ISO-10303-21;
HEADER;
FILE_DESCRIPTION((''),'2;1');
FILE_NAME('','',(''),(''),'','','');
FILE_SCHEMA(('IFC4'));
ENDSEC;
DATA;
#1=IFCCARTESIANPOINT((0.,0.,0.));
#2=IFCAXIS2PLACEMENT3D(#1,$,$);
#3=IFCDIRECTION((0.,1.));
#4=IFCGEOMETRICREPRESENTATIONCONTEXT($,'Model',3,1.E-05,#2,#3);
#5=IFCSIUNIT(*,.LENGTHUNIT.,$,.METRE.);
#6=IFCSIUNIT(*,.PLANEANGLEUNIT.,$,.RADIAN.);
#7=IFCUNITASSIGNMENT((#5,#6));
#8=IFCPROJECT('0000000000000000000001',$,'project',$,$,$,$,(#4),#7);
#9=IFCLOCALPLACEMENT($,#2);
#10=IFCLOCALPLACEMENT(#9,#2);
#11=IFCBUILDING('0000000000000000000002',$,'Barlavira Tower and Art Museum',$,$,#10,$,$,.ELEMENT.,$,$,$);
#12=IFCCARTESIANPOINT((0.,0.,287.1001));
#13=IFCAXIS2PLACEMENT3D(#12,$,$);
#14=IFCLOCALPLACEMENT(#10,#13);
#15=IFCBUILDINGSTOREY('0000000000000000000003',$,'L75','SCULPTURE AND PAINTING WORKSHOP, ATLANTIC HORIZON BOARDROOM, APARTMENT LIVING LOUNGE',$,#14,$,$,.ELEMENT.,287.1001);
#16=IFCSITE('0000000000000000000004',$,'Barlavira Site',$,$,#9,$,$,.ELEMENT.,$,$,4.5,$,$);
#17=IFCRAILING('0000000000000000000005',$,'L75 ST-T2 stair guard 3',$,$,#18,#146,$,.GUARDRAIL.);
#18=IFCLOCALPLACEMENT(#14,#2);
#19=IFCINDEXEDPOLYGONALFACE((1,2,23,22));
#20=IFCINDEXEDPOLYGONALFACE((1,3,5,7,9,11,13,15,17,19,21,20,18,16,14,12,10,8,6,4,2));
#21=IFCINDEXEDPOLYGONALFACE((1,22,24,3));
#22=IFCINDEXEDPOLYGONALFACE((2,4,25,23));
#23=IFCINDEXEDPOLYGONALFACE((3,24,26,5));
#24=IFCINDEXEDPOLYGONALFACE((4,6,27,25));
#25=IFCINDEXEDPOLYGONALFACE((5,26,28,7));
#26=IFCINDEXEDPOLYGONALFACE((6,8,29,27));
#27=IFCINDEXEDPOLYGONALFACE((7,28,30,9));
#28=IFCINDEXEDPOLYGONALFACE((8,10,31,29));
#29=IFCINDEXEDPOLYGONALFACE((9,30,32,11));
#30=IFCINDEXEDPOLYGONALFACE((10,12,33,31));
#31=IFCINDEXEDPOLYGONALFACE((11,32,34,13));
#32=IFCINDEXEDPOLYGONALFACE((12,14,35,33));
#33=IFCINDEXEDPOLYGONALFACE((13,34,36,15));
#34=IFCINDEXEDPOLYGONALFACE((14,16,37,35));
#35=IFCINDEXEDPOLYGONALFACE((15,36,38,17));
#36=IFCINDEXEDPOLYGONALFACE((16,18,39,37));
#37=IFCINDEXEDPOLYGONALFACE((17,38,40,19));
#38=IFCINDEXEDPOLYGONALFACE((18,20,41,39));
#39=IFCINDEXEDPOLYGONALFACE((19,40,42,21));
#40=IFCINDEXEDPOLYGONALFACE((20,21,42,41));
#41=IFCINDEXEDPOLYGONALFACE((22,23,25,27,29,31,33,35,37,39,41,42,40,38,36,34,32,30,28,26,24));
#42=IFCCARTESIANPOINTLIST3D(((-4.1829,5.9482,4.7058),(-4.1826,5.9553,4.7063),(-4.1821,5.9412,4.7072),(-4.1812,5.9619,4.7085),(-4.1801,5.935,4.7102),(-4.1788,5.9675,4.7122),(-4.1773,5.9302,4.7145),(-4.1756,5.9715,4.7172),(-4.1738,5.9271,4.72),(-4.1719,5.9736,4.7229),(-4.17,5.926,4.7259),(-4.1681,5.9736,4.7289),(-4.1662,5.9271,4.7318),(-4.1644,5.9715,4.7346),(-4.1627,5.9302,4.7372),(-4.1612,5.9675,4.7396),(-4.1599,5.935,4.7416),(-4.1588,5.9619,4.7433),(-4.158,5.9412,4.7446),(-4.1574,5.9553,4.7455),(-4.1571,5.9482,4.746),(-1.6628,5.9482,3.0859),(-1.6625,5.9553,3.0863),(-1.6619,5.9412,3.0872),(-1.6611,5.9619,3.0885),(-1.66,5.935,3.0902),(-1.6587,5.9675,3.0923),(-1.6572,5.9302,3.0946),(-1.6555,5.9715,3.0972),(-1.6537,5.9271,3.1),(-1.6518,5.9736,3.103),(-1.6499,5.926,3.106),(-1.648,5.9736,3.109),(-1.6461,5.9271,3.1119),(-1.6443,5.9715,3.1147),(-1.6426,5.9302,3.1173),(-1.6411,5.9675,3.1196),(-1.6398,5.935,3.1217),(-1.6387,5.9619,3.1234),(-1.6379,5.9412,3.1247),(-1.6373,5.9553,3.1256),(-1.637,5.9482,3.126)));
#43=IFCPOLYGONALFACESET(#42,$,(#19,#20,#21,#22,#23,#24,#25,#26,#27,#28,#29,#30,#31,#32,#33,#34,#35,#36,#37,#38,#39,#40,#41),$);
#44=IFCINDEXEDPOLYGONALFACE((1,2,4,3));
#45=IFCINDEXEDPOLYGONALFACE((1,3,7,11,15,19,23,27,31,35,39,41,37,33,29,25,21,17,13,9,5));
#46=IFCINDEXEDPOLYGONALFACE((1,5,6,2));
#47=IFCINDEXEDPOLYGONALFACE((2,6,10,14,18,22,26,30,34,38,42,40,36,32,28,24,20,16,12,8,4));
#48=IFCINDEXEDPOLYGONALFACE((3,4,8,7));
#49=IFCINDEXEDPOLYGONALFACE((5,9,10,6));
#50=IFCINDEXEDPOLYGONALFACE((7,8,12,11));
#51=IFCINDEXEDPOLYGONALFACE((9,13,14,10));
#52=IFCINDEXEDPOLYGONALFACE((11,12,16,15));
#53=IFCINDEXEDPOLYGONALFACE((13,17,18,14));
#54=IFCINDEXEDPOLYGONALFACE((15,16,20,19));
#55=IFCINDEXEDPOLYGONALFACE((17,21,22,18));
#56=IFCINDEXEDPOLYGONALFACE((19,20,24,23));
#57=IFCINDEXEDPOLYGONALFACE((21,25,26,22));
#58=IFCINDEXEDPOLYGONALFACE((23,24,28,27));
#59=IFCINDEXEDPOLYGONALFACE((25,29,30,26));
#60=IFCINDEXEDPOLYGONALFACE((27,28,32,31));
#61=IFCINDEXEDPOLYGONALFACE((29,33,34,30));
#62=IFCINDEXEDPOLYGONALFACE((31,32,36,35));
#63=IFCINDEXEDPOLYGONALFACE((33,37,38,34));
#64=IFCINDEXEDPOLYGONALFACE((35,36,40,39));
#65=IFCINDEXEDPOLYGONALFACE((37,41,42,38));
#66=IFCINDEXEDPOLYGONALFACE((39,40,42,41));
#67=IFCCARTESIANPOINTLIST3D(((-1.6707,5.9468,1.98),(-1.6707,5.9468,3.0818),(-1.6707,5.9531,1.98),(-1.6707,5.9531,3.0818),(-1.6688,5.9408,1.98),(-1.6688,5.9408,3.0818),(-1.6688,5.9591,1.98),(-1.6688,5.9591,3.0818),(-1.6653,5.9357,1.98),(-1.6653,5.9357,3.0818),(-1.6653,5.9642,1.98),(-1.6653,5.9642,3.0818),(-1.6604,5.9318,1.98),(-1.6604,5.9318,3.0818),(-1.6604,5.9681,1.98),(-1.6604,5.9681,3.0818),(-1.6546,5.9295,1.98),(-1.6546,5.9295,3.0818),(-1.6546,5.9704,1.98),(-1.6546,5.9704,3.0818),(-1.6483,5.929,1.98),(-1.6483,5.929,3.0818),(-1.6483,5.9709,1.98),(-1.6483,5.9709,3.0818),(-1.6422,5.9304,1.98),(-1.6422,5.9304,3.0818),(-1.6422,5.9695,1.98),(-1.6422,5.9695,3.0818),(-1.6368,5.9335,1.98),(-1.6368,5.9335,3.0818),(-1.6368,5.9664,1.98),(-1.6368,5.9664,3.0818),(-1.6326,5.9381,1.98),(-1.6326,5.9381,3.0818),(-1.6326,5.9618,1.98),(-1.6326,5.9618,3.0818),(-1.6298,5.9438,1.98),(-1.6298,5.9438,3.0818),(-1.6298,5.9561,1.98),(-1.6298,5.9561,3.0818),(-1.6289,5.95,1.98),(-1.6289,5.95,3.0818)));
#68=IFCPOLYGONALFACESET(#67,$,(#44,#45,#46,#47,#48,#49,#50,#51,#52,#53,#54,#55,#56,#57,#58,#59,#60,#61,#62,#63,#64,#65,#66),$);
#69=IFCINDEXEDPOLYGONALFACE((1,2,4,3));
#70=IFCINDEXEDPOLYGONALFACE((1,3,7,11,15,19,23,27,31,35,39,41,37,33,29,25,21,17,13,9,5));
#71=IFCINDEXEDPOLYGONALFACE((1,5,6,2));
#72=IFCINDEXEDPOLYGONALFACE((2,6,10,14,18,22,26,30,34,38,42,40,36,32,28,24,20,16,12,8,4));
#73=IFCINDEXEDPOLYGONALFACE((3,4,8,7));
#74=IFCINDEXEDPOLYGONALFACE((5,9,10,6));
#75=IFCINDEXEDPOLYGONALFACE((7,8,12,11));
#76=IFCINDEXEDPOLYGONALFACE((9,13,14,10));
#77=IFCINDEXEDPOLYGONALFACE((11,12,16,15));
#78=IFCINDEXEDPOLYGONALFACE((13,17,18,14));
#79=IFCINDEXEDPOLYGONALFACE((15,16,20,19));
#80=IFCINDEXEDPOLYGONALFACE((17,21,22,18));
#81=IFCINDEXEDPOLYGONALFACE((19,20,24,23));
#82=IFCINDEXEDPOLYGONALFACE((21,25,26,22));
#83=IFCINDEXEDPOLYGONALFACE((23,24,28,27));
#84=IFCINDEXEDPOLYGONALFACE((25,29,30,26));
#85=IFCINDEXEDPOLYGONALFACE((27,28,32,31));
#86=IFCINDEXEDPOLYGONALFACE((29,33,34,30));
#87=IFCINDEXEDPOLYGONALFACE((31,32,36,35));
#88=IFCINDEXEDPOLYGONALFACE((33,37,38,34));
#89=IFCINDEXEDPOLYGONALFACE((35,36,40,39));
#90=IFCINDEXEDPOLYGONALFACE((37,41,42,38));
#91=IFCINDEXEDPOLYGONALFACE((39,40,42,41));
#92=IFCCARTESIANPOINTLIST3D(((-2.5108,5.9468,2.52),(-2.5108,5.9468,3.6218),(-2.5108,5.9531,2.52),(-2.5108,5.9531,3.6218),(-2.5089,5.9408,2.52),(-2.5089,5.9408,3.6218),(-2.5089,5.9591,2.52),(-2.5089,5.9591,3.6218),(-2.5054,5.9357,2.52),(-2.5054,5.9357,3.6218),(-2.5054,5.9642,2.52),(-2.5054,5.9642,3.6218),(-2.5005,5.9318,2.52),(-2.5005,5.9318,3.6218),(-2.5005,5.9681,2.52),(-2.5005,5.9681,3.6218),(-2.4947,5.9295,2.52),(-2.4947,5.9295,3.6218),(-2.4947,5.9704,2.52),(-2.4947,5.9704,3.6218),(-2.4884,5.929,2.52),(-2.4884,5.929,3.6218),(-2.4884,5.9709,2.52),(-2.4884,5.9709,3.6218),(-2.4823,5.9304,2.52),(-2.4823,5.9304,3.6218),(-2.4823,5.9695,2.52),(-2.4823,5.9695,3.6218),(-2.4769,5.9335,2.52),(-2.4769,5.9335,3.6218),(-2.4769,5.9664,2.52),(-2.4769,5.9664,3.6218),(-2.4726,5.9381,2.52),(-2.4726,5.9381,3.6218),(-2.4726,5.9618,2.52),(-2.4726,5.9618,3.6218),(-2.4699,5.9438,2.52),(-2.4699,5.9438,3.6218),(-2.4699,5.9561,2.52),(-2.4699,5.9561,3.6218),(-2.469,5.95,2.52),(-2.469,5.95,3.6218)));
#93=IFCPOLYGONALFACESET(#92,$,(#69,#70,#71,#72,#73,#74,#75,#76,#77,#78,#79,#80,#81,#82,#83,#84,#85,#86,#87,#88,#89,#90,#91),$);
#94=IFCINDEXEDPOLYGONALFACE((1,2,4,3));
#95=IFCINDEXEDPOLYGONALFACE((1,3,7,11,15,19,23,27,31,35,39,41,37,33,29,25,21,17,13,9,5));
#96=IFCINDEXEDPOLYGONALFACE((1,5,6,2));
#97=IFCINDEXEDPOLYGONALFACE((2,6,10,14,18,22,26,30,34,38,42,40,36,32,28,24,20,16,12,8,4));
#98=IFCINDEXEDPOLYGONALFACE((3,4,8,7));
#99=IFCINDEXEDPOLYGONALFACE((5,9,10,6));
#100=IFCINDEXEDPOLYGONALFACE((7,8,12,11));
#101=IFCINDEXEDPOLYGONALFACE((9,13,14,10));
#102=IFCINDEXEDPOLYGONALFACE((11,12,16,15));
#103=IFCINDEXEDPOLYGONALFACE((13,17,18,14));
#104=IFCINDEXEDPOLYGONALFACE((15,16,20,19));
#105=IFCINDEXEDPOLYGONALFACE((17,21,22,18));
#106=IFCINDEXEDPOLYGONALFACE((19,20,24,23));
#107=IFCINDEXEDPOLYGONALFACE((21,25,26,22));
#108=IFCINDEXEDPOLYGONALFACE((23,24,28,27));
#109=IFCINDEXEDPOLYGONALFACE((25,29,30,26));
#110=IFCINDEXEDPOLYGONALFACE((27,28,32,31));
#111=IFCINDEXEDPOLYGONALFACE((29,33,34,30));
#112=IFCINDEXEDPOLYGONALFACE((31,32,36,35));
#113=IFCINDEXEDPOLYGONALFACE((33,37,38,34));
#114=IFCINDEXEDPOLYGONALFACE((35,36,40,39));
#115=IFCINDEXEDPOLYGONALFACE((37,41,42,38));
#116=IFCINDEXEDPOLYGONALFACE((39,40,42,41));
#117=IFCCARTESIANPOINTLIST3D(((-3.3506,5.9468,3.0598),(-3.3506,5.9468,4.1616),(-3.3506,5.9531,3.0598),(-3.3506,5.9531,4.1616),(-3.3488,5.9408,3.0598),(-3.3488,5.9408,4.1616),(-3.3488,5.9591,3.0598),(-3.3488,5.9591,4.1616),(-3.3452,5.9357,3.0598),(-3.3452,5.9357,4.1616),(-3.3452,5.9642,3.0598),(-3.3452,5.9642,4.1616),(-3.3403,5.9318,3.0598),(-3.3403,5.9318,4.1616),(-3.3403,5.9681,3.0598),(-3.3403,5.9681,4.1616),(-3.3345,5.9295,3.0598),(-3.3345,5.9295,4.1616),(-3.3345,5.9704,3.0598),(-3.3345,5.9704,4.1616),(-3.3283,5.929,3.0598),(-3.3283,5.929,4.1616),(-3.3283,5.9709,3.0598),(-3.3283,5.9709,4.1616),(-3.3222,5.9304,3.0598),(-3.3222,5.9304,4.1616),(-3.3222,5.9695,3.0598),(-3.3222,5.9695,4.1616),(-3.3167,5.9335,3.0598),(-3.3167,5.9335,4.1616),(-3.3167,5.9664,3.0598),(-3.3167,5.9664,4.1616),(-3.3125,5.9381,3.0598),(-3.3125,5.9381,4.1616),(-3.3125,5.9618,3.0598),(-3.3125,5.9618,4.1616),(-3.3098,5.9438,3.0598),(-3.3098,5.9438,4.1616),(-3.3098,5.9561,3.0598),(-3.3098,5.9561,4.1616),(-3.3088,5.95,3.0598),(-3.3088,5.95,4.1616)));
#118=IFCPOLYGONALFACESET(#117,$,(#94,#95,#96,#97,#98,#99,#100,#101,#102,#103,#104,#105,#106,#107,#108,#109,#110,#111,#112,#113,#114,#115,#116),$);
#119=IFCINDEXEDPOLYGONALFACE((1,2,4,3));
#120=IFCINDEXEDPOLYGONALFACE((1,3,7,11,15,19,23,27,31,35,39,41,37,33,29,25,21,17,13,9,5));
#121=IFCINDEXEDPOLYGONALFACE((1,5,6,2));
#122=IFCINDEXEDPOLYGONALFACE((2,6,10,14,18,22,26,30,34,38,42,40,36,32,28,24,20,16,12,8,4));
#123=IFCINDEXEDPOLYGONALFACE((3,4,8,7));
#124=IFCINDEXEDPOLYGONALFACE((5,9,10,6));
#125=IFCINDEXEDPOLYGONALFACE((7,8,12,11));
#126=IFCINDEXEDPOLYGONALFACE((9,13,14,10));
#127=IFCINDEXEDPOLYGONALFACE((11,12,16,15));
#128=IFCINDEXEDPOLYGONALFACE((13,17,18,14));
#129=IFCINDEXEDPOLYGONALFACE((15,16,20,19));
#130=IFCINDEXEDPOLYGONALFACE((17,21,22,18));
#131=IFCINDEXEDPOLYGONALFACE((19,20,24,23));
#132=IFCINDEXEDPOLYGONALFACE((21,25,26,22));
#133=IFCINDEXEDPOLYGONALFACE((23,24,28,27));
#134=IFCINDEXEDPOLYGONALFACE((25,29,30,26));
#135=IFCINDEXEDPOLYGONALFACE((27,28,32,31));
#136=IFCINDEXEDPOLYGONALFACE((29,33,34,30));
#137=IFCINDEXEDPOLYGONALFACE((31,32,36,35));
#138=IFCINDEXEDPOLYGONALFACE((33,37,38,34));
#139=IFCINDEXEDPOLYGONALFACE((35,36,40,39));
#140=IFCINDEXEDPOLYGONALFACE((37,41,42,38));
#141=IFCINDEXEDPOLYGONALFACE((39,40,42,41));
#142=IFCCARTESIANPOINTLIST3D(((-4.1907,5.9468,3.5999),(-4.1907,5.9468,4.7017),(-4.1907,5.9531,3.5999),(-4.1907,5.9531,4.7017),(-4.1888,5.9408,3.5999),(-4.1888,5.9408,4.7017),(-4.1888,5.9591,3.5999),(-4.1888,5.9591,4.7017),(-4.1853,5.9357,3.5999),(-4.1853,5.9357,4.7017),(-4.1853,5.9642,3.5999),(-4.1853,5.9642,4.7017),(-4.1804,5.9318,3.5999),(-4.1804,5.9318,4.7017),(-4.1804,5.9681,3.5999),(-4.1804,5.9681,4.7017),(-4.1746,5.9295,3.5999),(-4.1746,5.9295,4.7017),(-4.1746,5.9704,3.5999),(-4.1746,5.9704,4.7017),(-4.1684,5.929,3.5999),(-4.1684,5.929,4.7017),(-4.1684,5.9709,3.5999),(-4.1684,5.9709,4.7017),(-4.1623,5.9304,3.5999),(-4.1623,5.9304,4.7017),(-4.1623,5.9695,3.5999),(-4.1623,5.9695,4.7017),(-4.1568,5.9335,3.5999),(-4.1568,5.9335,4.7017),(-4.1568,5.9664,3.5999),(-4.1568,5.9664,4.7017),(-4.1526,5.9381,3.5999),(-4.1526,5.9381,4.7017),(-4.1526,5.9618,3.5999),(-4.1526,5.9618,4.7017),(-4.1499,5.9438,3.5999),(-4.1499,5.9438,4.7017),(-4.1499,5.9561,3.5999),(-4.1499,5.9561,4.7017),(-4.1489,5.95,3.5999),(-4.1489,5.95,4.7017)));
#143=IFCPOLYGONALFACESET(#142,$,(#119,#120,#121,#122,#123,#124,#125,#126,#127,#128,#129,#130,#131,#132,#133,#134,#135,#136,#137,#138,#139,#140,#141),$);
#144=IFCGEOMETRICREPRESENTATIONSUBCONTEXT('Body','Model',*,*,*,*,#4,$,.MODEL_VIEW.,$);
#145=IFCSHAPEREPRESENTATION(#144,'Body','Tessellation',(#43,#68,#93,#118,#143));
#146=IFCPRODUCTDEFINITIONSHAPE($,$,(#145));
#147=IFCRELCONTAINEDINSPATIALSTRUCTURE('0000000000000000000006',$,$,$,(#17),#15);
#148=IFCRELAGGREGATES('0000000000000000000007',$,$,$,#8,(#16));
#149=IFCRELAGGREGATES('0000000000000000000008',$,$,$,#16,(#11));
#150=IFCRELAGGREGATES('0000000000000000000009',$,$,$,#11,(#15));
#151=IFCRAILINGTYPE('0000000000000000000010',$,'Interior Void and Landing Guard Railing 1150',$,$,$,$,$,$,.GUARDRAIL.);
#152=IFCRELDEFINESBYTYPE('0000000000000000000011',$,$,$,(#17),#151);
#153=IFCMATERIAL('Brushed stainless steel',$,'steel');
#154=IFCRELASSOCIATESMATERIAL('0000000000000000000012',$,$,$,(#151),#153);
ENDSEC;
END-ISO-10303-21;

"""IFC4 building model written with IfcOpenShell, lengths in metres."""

from ifc_helpers import new_model, si_unit, direction, frame, origin, origin_2d, place, context, subcontext, project, spatial, circle, extrude, material, type_object, element, save


model = new_model("IFC4")

# Units and contexts
model_context = context("Model", 3, precision=1e-05, world=origin(), true_north=direction((0.0, 1.0)))
body_context = subcontext(model_context, "Body", "Model", "MODEL_VIEW")
ifc_project = project(units=[si_unit("LENGTHUNIT", "METRE"), si_unit("PLANEANGLEUNIT", "RADIAN")], contexts=[model_context])

# Site, building, storey
site_placement = place(None, origin())
site = spatial("IfcSite", under=ifc_project, at=site_placement, Name="Barlavira Site", CompositionType="ELEMENT", RefElevation=4.5)
building_placement = place(site_placement, origin())
building = spatial("IfcBuilding", under=site, at=building_placement, Name="Barlavira Tower and Art Museum", CompositionType="ELEMENT")
storey_placement = place(building_placement, frame((0.0, 0.0, 287.1001)))
storey = spatial("IfcBuildingStorey", under=building, at=storey_placement, Name="L75", Description="SCULPTURE AND PAINTING WORKSHOP, ATLANTIC HORIZON BOARDROOM, APARTMENT LIVING LOUNGE", CompositionType="ELEMENT", Elevation=287.1001)

# Shared definitions
ifc_material_1 = material(Name="Brushed stainless steel", Category="steel")

# Railing
railing_type_1 = type_object("IfcRailingType", Name="Interior Void and Landing Guard Railing 1150", PredefinedType="GUARDRAIL", material=ifc_material_1)
railing_1_placement = place(storey_placement, frame((-1.6499, 5.95, 1.98)))
element("IfcRailing", 1, at=railing_1_placement, inside=storey, type_object=railing_type_1, Name="L75 ST-T2 stair guard 3", PredefinedType="GUARDRAIL", context=body_context, shape_type="SweptSolid", body=[
    extrude(circle(Radius=0.0239, at=origin_2d()), frame((0.0, 0.0, 1.126), z_axis=(-0.8412, 0.0, 0.540725), x_axis=(0.0, -1.0, 0.0)), (0.0, 0.0, 1.0), 2.9958),
    extrude(circle(Radius=0.021, at=origin_2d()), origin(), (0.0, 0.0, 1.0), 1.1018),
    extrude(circle(Radius=0.021, at=origin_2d()), frame((-0.8401, 0.0, 0.54)), (0.0, 0.0, 1.0), 1.1018),
    extrude(circle(Radius=0.021, at=origin_2d()), frame((-1.6799, 0.0, 1.0798)), (0.0, 0.0, 1.0), 1.1018),
    extrude(circle(Radius=0.021, at=origin_2d()), frame((-2.52, 0.0, 1.6199)), (0.0, 0.0, 1.0), 1.1018),
])

save(model, "model.ifc")
